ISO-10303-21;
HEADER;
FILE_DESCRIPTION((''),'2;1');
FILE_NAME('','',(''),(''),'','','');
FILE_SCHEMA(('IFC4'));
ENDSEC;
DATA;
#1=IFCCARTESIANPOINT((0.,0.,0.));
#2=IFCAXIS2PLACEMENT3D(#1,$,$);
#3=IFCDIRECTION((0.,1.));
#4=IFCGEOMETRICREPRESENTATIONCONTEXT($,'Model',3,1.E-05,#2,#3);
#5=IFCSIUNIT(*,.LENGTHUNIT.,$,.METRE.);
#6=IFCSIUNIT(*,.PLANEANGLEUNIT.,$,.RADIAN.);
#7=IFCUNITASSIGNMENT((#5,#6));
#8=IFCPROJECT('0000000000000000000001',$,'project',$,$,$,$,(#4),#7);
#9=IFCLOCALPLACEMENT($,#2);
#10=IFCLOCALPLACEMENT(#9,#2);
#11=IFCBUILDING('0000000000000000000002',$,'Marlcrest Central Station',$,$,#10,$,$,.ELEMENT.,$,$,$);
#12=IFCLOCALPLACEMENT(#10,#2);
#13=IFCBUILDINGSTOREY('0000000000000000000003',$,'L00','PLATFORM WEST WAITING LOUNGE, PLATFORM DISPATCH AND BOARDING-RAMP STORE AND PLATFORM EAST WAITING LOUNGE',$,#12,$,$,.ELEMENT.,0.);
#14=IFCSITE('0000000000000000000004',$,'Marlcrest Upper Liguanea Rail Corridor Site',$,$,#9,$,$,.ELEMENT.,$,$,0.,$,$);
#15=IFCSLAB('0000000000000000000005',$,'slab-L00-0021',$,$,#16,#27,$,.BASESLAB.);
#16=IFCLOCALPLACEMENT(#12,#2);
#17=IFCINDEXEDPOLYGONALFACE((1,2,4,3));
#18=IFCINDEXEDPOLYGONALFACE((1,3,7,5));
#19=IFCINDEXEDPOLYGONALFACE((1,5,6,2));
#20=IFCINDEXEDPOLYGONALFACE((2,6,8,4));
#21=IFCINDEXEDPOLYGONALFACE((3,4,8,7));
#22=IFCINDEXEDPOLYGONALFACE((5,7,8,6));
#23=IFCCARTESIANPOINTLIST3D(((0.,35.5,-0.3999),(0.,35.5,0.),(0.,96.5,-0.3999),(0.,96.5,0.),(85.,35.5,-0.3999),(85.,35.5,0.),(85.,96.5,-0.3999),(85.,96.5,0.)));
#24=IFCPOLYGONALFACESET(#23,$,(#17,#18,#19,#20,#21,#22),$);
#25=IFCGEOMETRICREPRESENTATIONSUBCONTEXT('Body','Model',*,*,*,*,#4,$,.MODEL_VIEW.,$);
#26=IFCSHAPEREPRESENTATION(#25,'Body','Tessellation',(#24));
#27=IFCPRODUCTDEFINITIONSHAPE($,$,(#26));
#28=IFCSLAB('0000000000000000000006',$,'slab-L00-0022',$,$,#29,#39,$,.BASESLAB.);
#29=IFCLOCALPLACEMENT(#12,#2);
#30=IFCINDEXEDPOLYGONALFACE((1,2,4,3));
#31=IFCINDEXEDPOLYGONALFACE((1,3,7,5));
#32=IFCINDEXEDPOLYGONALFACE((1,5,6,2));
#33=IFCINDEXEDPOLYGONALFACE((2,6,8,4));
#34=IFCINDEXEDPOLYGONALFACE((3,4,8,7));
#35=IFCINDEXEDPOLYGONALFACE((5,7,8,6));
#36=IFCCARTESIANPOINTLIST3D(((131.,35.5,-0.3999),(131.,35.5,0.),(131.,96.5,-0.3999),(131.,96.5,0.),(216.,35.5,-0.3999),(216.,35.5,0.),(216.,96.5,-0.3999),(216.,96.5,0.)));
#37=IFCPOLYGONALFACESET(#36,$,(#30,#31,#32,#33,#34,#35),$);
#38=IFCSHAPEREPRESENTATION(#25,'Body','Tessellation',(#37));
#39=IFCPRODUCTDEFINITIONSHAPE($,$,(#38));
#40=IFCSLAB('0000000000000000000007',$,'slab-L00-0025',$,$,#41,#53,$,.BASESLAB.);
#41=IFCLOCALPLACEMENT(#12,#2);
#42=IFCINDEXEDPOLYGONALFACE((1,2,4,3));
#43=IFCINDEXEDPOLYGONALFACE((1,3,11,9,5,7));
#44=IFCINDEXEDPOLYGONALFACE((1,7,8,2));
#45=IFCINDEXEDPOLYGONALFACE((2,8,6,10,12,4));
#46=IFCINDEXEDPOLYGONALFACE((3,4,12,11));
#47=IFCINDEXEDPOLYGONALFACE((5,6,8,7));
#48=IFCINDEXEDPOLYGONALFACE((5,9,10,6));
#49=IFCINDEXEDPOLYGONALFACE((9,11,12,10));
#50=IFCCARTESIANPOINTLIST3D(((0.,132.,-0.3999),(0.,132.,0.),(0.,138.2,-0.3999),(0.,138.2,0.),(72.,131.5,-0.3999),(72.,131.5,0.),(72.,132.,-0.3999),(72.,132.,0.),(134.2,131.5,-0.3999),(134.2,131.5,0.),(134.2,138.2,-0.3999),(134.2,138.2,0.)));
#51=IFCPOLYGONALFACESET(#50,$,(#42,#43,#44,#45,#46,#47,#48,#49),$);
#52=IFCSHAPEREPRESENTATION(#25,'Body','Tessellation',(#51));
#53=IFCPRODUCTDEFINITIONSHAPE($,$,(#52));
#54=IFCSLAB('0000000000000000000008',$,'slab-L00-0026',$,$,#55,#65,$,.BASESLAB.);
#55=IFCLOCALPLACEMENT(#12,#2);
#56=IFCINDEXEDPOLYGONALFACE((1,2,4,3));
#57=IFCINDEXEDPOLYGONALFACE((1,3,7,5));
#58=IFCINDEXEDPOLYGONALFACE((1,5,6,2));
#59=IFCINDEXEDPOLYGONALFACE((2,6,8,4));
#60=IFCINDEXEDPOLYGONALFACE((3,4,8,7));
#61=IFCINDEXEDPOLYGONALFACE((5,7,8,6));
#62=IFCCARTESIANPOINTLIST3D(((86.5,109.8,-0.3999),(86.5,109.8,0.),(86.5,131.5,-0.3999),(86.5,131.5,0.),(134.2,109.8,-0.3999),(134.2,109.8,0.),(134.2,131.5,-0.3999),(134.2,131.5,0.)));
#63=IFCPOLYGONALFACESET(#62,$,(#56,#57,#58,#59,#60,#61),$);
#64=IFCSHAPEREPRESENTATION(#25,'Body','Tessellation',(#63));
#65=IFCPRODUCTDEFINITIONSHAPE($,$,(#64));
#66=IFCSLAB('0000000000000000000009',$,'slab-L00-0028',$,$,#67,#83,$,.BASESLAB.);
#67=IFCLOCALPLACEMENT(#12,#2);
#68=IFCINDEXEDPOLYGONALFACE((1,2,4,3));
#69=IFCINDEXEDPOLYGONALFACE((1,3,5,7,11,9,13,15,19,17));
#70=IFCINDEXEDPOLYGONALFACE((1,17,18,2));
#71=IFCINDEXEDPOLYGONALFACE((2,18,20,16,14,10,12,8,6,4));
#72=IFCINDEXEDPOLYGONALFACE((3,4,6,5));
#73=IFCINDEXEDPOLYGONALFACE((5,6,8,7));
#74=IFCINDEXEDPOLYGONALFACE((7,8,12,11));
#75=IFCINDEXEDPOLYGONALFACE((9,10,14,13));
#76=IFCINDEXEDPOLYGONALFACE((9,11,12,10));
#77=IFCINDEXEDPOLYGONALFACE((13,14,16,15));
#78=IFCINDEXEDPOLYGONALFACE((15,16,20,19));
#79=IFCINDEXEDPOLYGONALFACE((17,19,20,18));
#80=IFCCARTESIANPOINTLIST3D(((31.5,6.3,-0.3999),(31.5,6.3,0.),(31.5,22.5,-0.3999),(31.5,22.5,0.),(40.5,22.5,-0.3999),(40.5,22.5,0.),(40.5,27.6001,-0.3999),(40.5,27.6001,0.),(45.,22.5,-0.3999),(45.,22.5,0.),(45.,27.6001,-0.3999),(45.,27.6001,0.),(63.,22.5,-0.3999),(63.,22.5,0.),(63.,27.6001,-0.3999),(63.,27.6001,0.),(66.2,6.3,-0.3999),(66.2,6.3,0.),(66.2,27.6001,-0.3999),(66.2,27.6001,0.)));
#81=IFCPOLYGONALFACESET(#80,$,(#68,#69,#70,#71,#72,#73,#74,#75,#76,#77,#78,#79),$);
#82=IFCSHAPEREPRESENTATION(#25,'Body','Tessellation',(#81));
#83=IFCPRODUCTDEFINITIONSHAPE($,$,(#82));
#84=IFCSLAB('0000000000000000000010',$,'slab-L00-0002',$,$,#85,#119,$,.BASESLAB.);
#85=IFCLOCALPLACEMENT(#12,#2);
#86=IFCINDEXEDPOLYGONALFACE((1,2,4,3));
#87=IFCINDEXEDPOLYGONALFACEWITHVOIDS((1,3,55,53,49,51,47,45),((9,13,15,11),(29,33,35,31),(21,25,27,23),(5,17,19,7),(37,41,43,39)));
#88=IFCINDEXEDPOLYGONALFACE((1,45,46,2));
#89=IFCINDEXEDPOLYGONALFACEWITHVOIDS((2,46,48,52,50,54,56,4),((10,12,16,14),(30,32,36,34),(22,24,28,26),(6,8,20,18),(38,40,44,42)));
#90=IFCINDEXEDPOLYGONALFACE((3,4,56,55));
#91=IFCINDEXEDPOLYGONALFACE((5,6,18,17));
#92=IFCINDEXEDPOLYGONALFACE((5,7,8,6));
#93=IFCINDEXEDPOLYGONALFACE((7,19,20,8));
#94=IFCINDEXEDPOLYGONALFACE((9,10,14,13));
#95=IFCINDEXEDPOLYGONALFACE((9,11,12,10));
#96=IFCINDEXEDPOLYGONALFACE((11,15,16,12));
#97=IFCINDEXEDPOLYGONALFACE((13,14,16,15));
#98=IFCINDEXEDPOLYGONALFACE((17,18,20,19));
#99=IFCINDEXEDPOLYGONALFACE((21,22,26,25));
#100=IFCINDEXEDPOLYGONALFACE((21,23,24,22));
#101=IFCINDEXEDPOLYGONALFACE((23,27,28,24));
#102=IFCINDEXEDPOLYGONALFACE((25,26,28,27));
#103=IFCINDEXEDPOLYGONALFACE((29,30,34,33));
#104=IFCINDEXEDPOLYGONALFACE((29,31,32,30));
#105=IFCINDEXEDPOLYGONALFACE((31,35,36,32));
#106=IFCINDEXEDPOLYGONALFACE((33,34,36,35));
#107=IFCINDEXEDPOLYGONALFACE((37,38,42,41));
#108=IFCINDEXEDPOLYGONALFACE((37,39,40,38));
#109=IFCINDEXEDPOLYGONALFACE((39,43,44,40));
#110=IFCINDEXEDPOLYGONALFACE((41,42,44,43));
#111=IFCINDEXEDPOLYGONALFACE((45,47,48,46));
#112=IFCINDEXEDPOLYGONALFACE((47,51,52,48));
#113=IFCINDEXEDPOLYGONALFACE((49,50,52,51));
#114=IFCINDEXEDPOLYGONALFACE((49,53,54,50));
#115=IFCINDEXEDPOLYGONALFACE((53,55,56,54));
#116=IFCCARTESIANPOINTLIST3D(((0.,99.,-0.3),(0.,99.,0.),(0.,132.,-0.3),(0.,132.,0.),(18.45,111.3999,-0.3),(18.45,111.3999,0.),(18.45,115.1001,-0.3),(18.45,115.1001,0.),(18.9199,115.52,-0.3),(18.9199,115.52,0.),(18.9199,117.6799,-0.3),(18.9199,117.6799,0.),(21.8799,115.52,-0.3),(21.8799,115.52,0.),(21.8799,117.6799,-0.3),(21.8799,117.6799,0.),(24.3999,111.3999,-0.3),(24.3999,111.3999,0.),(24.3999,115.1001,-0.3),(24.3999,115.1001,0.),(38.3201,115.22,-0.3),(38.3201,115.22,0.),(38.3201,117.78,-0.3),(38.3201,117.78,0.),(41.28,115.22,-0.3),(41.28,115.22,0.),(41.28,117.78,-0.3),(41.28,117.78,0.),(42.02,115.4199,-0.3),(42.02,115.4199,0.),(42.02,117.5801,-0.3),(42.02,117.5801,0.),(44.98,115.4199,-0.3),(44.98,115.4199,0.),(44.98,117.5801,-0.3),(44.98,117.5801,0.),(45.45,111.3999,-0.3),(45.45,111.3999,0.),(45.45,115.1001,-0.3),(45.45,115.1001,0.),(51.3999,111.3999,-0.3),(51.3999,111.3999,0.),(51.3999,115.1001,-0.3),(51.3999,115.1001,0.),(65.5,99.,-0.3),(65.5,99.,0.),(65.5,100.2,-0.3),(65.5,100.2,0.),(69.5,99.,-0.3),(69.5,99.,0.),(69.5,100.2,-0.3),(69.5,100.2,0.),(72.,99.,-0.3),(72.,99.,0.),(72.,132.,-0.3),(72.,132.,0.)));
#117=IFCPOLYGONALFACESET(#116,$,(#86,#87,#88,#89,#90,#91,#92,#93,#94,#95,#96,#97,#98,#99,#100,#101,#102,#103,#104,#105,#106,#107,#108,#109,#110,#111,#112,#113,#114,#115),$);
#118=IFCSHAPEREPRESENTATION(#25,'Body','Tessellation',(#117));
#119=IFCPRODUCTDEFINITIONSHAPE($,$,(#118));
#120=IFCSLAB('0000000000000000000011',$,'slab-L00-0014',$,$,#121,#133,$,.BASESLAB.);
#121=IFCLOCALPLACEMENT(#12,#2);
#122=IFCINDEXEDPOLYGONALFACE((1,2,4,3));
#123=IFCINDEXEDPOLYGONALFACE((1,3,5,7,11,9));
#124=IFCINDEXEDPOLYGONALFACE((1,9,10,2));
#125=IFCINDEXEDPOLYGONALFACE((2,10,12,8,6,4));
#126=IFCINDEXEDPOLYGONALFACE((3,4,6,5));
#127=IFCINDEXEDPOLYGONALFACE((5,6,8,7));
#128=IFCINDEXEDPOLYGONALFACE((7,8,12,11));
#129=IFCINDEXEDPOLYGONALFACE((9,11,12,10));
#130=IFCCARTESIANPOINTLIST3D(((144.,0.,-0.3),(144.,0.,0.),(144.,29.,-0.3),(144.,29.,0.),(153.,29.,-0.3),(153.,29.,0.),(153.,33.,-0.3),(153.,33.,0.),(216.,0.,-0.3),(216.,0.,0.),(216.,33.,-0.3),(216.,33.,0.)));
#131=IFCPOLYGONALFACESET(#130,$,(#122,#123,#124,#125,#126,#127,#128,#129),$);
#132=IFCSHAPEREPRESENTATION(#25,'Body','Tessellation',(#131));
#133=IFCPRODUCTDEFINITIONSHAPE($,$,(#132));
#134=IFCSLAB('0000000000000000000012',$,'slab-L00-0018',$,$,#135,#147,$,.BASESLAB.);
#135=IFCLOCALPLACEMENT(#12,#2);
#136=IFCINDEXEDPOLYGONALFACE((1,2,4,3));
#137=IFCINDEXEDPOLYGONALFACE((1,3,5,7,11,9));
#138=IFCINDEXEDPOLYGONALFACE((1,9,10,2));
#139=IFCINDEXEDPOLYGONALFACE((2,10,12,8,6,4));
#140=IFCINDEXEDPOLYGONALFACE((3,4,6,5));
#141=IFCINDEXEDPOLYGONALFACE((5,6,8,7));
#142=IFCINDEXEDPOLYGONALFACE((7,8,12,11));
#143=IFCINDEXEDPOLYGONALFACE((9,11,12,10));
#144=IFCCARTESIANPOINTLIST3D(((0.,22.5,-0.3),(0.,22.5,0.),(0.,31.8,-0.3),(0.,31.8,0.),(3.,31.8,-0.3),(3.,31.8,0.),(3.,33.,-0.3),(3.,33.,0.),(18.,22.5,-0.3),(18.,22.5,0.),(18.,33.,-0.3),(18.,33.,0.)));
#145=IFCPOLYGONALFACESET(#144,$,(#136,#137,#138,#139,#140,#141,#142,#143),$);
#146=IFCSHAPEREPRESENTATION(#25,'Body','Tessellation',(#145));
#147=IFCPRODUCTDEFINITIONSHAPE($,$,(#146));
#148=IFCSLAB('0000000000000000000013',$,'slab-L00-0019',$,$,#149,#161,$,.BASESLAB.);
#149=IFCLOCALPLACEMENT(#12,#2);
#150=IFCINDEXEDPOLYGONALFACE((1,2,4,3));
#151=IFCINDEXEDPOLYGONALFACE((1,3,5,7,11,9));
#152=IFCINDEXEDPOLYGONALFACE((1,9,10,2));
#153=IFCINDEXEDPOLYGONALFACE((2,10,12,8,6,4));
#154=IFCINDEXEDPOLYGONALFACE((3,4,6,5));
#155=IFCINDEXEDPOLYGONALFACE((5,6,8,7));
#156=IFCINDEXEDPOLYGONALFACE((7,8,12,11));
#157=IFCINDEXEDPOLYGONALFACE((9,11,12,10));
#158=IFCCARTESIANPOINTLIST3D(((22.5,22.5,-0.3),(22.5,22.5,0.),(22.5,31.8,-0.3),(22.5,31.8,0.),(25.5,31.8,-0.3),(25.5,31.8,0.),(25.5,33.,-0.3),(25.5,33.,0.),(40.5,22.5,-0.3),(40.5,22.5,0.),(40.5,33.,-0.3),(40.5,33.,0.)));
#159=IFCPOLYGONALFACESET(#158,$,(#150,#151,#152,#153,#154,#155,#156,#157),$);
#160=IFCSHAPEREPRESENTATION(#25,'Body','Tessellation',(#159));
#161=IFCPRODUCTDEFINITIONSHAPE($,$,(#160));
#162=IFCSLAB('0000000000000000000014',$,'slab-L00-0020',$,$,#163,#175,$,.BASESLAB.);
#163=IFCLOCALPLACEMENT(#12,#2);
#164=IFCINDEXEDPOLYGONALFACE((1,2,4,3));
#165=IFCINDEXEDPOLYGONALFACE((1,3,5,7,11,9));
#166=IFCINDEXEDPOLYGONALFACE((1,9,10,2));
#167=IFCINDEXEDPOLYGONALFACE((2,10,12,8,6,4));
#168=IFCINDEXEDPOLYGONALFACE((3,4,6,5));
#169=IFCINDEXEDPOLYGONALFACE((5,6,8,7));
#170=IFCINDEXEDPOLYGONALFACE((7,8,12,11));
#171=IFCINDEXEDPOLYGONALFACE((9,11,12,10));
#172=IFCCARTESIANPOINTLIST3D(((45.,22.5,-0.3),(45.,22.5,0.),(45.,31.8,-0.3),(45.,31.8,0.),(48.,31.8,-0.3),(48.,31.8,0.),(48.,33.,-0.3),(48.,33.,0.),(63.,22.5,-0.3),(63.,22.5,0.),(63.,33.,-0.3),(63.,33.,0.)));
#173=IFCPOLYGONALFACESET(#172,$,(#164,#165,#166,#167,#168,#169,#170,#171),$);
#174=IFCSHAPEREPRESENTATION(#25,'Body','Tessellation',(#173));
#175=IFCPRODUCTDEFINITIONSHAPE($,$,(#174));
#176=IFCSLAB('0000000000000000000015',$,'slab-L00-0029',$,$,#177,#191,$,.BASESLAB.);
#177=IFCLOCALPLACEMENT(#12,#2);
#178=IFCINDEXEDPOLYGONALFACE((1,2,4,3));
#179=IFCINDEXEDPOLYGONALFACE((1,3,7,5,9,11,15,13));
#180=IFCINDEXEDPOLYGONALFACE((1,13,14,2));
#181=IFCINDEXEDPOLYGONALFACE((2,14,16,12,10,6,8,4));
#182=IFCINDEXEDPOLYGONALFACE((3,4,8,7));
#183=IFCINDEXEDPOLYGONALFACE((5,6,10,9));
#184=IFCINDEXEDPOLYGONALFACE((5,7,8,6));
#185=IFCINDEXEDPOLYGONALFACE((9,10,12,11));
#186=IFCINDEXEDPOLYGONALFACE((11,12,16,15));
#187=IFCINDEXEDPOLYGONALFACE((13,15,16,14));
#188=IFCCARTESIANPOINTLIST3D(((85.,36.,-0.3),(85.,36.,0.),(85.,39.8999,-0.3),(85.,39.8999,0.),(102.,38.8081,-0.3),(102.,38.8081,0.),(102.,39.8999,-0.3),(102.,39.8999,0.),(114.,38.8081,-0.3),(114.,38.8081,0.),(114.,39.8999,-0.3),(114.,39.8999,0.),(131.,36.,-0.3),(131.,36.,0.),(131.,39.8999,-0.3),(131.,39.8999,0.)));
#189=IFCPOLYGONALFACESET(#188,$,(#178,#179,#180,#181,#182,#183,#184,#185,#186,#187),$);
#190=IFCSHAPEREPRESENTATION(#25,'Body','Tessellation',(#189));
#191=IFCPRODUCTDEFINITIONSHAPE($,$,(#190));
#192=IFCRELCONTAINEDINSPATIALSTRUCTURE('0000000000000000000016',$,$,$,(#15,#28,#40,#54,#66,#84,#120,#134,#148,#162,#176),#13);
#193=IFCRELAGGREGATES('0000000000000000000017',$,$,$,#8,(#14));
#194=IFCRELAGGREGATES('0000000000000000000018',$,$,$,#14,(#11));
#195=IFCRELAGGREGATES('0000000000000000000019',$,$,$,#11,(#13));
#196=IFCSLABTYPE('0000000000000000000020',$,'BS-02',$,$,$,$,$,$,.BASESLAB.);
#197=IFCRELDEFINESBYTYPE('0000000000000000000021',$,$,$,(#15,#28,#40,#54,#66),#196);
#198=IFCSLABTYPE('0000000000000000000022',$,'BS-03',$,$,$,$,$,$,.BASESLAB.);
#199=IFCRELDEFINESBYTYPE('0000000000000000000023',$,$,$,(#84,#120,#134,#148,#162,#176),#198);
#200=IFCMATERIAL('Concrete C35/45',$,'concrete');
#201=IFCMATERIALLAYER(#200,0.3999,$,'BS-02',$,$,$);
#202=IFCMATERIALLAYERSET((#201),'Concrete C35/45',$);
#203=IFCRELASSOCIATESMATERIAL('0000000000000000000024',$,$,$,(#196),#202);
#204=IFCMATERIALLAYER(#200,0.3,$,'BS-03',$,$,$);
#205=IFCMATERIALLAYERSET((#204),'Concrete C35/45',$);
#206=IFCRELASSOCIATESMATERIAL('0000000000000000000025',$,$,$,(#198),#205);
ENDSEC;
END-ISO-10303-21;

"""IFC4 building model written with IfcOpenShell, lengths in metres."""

from ifc_helpers import new_model, si_unit, direction, frame, origin, place, context, subcontext, project, spatial, polyline, outline, extrude, material, layer, layer_set, type_object, element, save


model = new_model("IFC4")

# Units and contexts
model_context = context("Model", 3, precision=1e-05, world=origin(), true_north=direction((0.0, 1.0)))
body_context = subcontext(model_context, "Body", "Model", "MODEL_VIEW")
ifc_project = project(units=[si_unit("LENGTHUNIT", "METRE"), si_unit("PLANEANGLEUNIT", "RADIAN")], contexts=[model_context])

# Site, building, storey
site_placement = place(None, origin())
site = spatial("IfcSite", under=ifc_project, at=site_placement, Name="Marlcrest Upper Liguanea Rail Corridor Site", CompositionType="ELEMENT", RefElevation=0.0)
building_placement = place(site_placement, origin())
building = spatial("IfcBuilding", under=site, at=building_placement, Name="Marlcrest Central Station", CompositionType="ELEMENT")
storey_placement = place(building_placement, origin())
storey = spatial("IfcBuildingStorey", under=building, at=storey_placement, Name="L00", Description="PLATFORM WEST WAITING LOUNGE, PLATFORM DISPATCH AND BOARDING-RAMP STORE AND PLATFORM EAST WAITING LOUNGE", CompositionType="ELEMENT", Elevation=0.0)

# Slabs
ifc_material = material(Name="Concrete C35/45", Category="concrete")
ifc_layer_1 = layer(ifc_material, 0.3999, Name="BS-02")
ifc_layer_set_1 = layer_set([ifc_layer_1], Name="Concrete C35/45")
slab_type_1 = type_object("IfcSlabType", Name="BS-02", PredefinedType="BASESLAB", material=ifc_layer_set_1)
slab_1_placement = place(storey_placement, frame((0.0, 0.0, -0.3999)))
element("IfcSlab", 1, at=slab_1_placement, inside=storey, type_object=slab_type_1, Name="slab-L00-0021", PredefinedType="BASESLAB", context=body_context, shape_type="SweptSolid", body=[
    extrude(outline(polyline([(0.0, 35.5), (85.0, 35.5), (85.0, 96.5), (0.0, 96.5), (0.0, 35.5)])), origin(), (0.0, 0.0, 1.0), 0.3999),
])
slab_2_placement = place(storey_placement, frame((0.0, 0.0, -0.3999)))
element("IfcSlab", 2, at=slab_2_placement, inside=storey, type_object=slab_type_1, Name="slab-L00-0022", PredefinedType="BASESLAB", context=body_context, shape_type="SweptSolid", body=[
    extrude(outline(polyline([(131.0, 35.5), (216.0, 35.5), (216.0, 96.5), (131.0, 96.5), (131.0, 35.5)])), origin(), (0.0, 0.0, 1.0), 0.3999),
])
slab_3_placement = place(storey_placement, frame((0.0, 0.0, -0.3999)))
element("IfcSlab", 3, at=slab_3_placement, inside=storey, type_object=slab_type_1, Name="slab-L00-0025", PredefinedType="BASESLAB", context=body_context, shape_type="SweptSolid", body=[
    extrude(outline(polyline([(0.0, 138.2), (134.2, 138.2), (134.2, 131.5), (72.0, 131.5), (72.0, 132.0), (0.0, 132.0), (0.0, 138.2)])), origin(), (0.0, 0.0, 1.0), 0.3999),
])
slab_4_placement = place(storey_placement, frame((0.0, 0.0, -0.3999)))
element("IfcSlab", 4, at=slab_4_placement, inside=storey, type_object=slab_type_1, Name="slab-L00-0026", PredefinedType="BASESLAB", context=body_context, shape_type="SweptSolid", body=[
    extrude(outline(polyline([(134.2, 109.8), (86.5, 109.8), (86.5, 131.5), (134.2, 131.5), (134.2, 109.8)])), origin(), (0.0, 0.0, 1.0), 0.3999),
])
slab_5_placement = place(storey_placement, frame((0.0, 0.0, -0.3999)))
element("IfcSlab", 5, at=slab_5_placement, inside=storey, type_object=slab_type_1, Name="slab-L00-0028", PredefinedType="BASESLAB", context=body_context, shape_type="SweptSolid", body=[
    extrude(outline(polyline([(66.2, 27.6001), (66.2, 6.3), (31.5, 6.3), (31.5, 22.5), (40.5, 22.5), (40.5, 27.6001), (45.0, 27.6001), (45.0, 22.5), (63.0, 22.5), (63.0, 27.6001), (66.2, 27.6001)])), origin(), (0.0, 0.0, 1.0), 0.3999),
])
ifc_layer_2 = layer(ifc_material, 0.3, Name="BS-03")
ifc_layer_set_2 = layer_set([ifc_layer_2], Name="Concrete C35/45")
slab_type_2 = type_object("IfcSlabType", Name="BS-03", PredefinedType="BASESLAB", material=ifc_layer_set_2)
slab_6_placement = place(storey_placement, frame((0.0, 0.0, -0.3)))
element("IfcSlab", 6, at=slab_6_placement, inside=storey, type_object=slab_type_2, Name="slab-L00-0002", PredefinedType="BASESLAB", context=body_context, shape_type="SweptSolid", body=[
    extrude(outline(polyline([(0.0, 99.0), (65.5, 99.0), (65.5, 100.2), (69.5, 100.2), (69.5, 99.0), (72.0, 99.0), (72.0, 132.0), (0.0, 132.0), (0.0, 99.0)]), holes=[polyline([(18.45, 111.3999), (24.3999, 111.3999), (24.3999, 115.1001), (18.45, 115.1001), (18.45, 111.3999)]), polyline([(18.9199, 115.52), (21.8799, 115.52), (21.8799, 117.6799), (18.9199, 117.6799), (18.9199, 115.52)]), polyline([(45.45, 111.3999), (51.3999, 111.3999), (51.3999, 115.1001), (45.45, 115.1001), (45.45, 111.3999)]), polyline([(42.02, 115.4199), (44.98, 115.4199), (44.98, 117.5801), (42.02, 117.5801), (42.02, 115.4199)]), polyline([(38.3201, 115.22), (41.28, 115.22), (41.28, 117.78), (38.3201, 117.78), (38.3201, 115.22)])]), origin(), (0.0, 0.0, 1.0), 0.3),
])
slab_7_placement = place(storey_placement, frame((0.0, 0.0, -0.3)))
element("IfcSlab", 7, at=slab_7_placement, inside=storey, type_object=slab_type_2, Name="slab-L00-0014", PredefinedType="BASESLAB", context=body_context, shape_type="SweptSolid", body=[
    extrude(outline(polyline([(144.0, 0.0), (216.0, 0.0), (216.0, 33.0), (153.0, 33.0), (153.0, 29.0), (144.0, 29.0), (144.0, 0.0)])), origin(), (0.0, 0.0, 1.0), 0.3),
])
slab_8_placement = place(storey_placement, frame((0.0, 0.0, -0.3)))
element("IfcSlab", 8, at=slab_8_placement, inside=storey, type_object=slab_type_2, Name="slab-L00-0018", PredefinedType="BASESLAB", context=body_context, shape_type="SweptSolid", body=[
    extrude(outline(polyline([(0.0, 22.5), (18.0, 22.5), (18.0, 33.0), (3.0, 33.0), (3.0, 31.8), (0.0, 31.8), (0.0, 22.5)])), origin(), (0.0, 0.0, 1.0), 0.3),
])
slab_9_placement = place(storey_placement, frame((0.0, 0.0, -0.3)))
element("IfcSlab", 9, at=slab_9_placement, inside=storey, type_object=slab_type_2, Name="slab-L00-0019", PredefinedType="BASESLAB", context=body_context, shape_type="SweptSolid", body=[
    extrude(outline(polyline([(22.5, 22.5), (40.5, 22.5), (40.5, 33.0), (25.5, 33.0), (25.5, 31.8), (22.5, 31.8), (22.5, 22.5)])), origin(), (0.0, 0.0, 1.0), 0.3),
])
slab_10_placement = place(storey_placement, frame((0.0, 0.0, -0.3)))
element("IfcSlab", 10, at=slab_10_placement, inside=storey, type_object=slab_type_2, Name="slab-L00-0020", PredefinedType="BASESLAB", context=body_context, shape_type="SweptSolid", body=[
    extrude(outline(polyline([(45.0, 22.5), (63.0, 22.5), (63.0, 33.0), (48.0, 33.0), (48.0, 31.8), (45.0, 31.8), (45.0, 22.5)])), origin(), (0.0, 0.0, 1.0), 0.3),
])
slab_11_placement = place(storey_placement, frame((0.0, 0.0, -0.3)))
element("IfcSlab", 11, at=slab_11_placement, inside=storey, type_object=slab_type_2, Name="slab-L00-0029", PredefinedType="BASESLAB", context=body_context, shape_type="SweptSolid", body=[
    extrude(outline(polyline([(85.0, 36.0), (85.0, 39.8999), (102.0, 39.8999), (102.0, 38.8081), (114.0, 38.8081), (114.0, 39.8999), (131.0, 39.8999), (131.0, 36.0), (85.0, 36.0)])), origin(), (0.0, 0.0, 1.0), 0.3),
])

save(model, "model.ifc")
